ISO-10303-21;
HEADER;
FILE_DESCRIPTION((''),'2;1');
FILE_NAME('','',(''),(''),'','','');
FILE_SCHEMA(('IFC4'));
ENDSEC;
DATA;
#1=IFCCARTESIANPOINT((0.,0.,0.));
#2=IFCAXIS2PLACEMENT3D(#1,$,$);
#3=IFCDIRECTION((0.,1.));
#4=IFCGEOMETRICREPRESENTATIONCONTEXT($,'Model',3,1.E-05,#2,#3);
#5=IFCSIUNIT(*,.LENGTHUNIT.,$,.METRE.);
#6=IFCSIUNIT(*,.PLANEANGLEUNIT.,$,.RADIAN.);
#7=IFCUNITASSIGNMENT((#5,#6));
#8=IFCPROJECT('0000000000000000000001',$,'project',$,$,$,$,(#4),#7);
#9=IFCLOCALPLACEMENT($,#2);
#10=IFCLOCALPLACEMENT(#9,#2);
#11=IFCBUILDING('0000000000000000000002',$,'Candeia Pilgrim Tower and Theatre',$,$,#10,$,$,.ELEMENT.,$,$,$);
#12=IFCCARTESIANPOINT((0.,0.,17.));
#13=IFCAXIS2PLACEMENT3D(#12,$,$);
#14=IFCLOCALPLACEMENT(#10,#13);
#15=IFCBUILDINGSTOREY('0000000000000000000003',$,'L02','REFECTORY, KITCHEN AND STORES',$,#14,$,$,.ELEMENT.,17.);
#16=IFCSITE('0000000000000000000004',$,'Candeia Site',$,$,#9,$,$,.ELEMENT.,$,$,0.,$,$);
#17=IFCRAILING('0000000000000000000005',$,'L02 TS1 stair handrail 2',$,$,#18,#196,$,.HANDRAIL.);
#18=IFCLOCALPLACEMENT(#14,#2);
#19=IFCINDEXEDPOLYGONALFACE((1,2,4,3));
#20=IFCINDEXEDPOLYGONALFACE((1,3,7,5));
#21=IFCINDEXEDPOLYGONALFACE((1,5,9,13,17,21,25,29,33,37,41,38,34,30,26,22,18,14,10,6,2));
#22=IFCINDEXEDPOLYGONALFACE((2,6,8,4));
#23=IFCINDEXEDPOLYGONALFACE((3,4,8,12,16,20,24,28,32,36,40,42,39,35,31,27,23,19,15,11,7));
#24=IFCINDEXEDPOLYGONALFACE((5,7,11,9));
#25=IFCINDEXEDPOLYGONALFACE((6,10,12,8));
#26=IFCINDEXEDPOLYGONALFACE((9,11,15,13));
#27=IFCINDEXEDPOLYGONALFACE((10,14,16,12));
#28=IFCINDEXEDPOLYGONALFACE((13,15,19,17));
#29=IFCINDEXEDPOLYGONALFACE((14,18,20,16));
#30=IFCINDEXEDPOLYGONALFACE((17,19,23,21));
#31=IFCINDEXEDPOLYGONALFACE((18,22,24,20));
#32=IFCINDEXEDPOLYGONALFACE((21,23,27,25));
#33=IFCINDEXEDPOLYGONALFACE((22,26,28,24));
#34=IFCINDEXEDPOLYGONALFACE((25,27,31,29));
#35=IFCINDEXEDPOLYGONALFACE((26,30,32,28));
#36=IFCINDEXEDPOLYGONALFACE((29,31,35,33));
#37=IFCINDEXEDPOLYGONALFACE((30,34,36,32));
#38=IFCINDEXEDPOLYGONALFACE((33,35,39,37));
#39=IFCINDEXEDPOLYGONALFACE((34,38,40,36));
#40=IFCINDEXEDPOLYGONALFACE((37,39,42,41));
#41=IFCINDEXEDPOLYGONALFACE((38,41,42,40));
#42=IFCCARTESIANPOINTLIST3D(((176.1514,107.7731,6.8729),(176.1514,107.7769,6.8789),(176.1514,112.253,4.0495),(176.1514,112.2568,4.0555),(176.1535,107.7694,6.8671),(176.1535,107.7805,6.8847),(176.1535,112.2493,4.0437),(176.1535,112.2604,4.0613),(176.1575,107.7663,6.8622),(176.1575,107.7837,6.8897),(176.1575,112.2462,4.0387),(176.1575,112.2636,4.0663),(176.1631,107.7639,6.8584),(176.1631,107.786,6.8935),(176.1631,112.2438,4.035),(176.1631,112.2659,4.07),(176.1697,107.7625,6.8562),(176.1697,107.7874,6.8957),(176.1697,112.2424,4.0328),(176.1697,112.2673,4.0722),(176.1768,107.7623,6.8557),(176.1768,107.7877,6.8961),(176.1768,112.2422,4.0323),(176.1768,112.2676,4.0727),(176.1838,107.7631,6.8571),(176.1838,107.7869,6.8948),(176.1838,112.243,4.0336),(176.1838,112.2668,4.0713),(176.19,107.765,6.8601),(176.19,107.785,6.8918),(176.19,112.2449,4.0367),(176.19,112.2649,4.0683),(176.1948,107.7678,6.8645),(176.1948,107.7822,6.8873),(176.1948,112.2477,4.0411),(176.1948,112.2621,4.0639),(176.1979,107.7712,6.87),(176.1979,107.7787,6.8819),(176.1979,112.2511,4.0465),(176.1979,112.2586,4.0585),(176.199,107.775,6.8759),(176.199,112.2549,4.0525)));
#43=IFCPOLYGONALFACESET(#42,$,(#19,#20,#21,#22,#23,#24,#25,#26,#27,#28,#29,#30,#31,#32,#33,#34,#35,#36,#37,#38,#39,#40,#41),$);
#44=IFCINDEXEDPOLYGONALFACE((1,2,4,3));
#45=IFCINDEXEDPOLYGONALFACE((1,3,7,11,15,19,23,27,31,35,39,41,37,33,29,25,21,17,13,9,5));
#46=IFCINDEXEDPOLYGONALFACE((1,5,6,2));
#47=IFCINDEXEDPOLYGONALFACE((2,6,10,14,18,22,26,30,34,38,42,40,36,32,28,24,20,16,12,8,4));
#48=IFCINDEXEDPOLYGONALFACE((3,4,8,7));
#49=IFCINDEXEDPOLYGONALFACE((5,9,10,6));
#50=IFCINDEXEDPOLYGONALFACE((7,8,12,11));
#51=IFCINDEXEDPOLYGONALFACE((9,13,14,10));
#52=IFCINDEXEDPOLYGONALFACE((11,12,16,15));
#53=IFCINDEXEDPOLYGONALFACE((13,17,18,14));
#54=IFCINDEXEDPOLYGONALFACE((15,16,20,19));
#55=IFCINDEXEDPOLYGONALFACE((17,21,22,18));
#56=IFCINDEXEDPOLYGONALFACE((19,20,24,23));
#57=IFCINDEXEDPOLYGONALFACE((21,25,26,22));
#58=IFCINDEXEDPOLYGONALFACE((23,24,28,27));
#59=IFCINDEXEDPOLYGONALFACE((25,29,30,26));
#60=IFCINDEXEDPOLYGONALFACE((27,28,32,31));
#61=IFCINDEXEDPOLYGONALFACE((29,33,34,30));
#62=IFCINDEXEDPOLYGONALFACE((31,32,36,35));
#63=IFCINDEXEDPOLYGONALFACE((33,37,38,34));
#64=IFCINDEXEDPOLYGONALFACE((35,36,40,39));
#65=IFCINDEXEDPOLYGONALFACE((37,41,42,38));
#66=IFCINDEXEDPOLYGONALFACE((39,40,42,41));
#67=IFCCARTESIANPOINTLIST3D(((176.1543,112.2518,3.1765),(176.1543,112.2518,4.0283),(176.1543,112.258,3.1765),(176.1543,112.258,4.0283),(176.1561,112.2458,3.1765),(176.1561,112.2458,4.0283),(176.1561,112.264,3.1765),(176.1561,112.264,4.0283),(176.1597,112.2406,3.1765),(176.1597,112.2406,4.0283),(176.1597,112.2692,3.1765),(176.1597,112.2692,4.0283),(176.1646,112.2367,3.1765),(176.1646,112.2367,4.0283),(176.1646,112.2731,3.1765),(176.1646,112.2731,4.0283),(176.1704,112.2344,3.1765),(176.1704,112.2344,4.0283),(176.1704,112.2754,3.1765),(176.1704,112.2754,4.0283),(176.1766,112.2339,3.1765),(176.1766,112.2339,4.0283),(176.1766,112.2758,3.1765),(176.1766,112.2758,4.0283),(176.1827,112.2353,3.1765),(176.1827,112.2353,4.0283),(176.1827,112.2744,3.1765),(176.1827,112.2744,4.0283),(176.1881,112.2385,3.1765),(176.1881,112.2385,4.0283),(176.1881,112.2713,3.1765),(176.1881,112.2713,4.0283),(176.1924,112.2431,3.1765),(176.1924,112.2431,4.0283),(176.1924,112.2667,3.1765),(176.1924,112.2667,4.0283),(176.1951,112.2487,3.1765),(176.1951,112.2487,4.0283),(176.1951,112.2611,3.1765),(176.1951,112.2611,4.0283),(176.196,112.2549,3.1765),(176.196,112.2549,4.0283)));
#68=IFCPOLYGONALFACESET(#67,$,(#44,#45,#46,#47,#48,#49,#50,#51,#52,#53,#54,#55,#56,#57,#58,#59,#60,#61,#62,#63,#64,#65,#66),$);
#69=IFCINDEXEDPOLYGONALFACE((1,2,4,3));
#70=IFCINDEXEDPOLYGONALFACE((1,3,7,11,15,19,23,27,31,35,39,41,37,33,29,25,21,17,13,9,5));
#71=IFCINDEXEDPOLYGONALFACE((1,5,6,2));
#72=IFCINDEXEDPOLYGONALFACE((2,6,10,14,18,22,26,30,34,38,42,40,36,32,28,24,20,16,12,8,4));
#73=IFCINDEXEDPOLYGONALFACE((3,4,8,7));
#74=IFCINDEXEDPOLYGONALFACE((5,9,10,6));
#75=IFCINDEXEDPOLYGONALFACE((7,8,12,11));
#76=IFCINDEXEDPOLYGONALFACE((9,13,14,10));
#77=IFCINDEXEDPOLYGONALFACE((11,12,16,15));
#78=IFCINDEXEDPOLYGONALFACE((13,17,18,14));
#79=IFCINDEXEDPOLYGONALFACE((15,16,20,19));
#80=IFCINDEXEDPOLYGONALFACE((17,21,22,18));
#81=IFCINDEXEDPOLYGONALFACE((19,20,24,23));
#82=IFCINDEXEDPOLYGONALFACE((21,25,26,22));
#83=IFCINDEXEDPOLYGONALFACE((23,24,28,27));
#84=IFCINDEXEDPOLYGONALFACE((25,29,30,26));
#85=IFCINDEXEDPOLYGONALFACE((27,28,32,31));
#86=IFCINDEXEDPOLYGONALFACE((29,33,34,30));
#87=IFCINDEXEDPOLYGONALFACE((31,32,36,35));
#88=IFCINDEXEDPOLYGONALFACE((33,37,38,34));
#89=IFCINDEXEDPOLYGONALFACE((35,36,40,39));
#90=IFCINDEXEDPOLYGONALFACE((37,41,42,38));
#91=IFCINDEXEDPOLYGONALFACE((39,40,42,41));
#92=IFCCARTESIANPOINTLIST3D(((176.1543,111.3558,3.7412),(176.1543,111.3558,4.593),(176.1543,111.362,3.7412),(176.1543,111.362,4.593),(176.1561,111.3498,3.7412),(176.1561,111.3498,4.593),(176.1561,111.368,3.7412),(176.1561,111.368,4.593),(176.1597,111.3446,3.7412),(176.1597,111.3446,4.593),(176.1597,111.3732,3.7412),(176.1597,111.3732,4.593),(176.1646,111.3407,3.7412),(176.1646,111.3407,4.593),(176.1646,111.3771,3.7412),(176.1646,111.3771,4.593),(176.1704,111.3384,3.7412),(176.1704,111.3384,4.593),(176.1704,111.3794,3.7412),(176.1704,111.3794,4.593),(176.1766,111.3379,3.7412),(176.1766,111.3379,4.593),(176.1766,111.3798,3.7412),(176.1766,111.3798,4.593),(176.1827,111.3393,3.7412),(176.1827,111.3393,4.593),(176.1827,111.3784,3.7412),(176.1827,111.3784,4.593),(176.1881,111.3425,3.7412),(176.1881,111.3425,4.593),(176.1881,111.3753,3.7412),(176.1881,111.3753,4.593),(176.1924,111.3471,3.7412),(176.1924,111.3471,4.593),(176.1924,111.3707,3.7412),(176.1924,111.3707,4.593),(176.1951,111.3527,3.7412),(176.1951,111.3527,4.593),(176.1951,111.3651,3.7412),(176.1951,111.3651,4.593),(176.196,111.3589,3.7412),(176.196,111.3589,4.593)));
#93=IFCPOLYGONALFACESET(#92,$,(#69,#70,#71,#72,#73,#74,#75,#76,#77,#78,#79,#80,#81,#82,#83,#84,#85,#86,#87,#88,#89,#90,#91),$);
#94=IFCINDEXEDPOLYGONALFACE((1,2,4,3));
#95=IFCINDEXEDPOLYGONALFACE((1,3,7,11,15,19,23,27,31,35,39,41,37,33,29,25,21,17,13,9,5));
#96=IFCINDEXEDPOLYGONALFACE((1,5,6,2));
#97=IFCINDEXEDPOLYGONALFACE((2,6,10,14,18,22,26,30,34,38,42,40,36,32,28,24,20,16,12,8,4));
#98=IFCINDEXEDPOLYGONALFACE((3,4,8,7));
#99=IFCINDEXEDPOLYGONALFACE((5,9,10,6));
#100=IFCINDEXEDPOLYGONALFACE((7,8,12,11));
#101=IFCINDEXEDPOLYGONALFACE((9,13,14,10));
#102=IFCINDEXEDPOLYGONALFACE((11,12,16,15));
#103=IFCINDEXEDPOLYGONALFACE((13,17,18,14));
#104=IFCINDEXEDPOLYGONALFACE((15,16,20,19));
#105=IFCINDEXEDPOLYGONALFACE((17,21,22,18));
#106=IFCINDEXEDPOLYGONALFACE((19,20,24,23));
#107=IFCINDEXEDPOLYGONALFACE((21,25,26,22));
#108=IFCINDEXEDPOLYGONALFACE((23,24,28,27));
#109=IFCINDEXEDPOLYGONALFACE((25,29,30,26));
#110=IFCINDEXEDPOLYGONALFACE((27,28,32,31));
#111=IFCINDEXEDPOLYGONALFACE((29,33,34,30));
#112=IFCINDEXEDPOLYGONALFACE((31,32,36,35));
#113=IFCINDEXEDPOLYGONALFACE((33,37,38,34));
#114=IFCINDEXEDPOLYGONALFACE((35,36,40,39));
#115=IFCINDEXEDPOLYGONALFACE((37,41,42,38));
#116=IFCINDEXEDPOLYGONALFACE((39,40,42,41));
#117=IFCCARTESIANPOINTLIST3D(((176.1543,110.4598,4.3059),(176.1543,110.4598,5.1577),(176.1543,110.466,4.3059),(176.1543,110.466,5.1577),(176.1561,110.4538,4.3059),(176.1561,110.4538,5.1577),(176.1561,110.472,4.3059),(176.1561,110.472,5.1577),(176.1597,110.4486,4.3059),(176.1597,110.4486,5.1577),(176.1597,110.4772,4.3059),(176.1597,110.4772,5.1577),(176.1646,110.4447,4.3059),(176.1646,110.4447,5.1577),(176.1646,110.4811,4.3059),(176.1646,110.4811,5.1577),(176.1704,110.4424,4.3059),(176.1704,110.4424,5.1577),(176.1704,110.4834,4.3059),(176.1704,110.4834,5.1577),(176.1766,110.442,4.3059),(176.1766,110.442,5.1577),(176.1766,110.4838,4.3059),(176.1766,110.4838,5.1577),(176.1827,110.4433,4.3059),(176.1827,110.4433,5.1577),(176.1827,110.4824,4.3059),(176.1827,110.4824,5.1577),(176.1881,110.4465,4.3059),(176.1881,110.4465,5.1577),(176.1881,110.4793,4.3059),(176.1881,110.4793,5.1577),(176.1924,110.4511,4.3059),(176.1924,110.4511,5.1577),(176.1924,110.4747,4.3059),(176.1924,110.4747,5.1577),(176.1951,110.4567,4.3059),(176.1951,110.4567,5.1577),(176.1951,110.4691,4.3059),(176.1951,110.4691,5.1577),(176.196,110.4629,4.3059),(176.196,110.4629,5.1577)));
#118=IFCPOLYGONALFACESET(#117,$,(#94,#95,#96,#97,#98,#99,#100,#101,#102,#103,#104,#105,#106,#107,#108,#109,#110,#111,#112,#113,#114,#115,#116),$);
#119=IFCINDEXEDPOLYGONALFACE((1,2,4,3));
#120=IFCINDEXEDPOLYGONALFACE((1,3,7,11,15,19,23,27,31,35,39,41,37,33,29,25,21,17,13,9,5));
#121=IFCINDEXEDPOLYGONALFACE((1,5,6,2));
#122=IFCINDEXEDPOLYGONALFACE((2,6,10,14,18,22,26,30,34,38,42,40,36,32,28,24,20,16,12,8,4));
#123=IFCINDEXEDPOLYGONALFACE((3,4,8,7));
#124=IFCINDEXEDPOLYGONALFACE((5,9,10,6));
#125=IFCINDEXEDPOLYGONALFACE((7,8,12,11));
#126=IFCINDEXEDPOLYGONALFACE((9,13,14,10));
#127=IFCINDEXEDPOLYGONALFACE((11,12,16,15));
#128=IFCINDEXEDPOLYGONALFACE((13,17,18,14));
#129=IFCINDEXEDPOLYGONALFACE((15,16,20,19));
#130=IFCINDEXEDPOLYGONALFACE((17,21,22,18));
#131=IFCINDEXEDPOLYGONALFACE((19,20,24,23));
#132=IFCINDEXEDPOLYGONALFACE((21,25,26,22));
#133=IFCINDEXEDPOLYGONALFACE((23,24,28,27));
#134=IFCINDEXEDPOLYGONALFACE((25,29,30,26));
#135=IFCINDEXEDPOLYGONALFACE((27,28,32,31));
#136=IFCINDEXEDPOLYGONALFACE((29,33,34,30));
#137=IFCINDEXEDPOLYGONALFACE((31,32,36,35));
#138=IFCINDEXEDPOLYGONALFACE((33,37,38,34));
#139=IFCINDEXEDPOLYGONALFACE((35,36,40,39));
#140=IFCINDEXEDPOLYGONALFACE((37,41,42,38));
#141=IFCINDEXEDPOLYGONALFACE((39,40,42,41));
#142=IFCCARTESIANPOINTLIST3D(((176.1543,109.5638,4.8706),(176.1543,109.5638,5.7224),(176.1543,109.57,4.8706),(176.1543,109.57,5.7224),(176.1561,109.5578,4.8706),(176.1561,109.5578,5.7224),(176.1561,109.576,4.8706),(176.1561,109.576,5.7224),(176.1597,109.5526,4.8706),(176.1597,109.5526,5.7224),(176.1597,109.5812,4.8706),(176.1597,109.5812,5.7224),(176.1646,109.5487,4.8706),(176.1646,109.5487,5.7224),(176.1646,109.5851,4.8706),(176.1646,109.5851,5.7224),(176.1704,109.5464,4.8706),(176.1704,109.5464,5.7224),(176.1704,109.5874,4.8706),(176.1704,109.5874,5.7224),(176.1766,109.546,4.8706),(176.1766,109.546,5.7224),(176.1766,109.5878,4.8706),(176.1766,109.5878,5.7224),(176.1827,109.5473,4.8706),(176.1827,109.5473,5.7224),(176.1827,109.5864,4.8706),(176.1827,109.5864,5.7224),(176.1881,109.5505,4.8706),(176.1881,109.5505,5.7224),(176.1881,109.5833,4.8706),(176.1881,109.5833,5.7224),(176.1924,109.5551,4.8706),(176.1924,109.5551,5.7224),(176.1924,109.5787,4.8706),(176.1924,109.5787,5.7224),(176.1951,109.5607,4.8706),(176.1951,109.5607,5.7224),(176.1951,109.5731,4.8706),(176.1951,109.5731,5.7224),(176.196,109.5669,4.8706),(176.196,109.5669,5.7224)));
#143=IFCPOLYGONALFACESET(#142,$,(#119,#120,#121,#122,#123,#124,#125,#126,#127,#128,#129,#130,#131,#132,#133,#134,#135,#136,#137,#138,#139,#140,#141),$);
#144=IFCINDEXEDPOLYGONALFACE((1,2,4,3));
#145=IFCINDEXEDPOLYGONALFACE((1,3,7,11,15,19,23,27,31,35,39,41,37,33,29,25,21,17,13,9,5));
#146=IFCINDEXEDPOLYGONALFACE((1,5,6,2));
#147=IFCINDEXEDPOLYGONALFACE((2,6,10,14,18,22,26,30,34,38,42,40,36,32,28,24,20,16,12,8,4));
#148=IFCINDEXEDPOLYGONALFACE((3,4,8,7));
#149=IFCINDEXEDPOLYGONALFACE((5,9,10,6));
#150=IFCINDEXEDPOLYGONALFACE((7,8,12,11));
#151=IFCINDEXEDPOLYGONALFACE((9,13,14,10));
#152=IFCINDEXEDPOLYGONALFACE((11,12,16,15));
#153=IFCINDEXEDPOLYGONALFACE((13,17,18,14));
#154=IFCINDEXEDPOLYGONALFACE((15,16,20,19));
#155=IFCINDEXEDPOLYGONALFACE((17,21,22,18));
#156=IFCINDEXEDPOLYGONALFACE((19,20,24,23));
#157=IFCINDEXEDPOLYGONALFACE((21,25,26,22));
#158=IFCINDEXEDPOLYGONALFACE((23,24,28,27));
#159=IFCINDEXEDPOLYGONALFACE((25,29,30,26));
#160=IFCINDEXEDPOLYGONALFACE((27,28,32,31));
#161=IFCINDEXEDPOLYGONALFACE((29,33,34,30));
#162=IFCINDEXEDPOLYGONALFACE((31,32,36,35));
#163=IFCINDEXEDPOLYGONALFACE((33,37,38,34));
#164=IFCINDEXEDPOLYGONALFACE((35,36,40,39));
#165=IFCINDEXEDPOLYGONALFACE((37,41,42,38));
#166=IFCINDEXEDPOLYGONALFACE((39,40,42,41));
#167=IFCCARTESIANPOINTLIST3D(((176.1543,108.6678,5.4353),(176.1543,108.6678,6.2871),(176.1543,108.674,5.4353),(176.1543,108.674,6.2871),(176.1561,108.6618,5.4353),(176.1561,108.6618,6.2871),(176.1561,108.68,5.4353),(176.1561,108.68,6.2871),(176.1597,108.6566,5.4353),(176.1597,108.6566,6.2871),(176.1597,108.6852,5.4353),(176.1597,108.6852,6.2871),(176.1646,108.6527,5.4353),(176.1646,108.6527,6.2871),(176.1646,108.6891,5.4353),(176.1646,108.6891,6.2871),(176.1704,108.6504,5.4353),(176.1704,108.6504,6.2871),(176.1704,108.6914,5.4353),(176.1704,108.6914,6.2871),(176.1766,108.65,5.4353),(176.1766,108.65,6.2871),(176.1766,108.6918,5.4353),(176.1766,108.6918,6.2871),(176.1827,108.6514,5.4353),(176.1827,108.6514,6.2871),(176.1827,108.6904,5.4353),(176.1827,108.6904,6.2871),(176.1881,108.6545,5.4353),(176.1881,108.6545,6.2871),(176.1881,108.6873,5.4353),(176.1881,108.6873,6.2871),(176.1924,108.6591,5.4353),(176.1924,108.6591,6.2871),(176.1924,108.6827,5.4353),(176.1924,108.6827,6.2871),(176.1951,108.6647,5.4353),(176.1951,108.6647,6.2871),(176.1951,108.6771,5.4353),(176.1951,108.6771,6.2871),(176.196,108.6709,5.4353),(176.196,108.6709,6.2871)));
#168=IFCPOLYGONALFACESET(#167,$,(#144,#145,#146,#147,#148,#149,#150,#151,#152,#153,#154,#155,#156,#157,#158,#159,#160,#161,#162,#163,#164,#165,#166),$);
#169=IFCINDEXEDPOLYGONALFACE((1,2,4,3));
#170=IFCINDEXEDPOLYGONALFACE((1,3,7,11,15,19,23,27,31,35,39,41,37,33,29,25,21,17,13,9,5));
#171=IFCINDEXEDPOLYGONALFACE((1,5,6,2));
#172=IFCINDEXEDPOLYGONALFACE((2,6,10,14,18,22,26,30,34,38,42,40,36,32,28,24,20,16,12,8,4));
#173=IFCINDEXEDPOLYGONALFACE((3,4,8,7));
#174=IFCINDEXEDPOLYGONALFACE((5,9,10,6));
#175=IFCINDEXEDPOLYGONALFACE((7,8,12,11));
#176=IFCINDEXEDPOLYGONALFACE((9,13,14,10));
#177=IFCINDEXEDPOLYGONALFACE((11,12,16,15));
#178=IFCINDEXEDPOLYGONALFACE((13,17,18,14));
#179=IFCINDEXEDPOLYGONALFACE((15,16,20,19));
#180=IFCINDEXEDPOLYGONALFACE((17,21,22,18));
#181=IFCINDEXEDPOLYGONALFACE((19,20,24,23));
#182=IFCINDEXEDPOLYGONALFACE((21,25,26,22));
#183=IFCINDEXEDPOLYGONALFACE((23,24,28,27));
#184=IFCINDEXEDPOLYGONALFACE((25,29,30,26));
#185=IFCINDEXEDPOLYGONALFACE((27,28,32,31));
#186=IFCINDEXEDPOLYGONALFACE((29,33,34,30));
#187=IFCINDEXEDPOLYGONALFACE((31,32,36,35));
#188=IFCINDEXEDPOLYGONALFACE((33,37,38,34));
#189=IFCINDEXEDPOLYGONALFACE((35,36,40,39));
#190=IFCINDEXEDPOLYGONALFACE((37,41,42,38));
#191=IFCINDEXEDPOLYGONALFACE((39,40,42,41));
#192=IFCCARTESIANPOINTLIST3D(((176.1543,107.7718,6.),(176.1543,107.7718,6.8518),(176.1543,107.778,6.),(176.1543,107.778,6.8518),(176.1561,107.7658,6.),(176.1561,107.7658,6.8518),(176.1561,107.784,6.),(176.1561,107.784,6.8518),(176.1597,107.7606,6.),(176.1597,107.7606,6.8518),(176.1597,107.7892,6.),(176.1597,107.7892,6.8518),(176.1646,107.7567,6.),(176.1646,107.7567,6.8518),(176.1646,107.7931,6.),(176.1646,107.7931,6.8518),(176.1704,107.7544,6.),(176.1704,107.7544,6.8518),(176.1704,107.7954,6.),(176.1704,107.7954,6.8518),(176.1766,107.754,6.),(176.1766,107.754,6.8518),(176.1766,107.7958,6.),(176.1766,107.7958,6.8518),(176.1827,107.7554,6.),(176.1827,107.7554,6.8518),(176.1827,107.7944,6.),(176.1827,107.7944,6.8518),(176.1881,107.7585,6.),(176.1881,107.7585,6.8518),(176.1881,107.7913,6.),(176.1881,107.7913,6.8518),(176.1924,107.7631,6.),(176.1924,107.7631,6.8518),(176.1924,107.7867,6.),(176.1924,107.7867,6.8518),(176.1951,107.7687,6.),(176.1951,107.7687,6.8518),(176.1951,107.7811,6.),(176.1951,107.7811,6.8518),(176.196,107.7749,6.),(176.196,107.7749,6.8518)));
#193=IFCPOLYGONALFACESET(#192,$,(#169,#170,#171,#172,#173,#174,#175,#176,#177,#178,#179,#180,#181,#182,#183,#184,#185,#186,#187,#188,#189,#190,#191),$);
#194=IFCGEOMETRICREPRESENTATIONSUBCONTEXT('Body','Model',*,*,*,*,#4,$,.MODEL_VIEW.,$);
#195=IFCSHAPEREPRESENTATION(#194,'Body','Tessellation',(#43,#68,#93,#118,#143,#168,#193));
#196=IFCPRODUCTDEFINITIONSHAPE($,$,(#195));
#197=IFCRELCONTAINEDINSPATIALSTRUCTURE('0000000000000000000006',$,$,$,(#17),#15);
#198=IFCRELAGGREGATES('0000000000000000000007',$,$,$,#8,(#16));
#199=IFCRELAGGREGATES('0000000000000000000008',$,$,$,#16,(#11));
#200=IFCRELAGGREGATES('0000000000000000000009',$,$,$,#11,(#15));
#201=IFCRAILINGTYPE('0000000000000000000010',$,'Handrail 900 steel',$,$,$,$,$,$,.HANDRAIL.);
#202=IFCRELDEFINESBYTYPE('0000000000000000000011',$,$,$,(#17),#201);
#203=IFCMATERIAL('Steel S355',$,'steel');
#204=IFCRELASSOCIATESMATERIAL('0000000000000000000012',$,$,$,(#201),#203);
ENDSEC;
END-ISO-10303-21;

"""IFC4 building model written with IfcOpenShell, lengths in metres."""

from ifc_helpers import new_model, si_unit, direction, frame, origin, origin_2d, place, context, subcontext, project, spatial, circle, extrude, material, type_object, element, save


model = new_model("IFC4")

# Units and contexts
model_context = context("Model", 3, precision=1e-05, world=origin(), true_north=direction((0.0, 1.0)))
body_context = subcontext(model_context, "Body", "Model", "MODEL_VIEW")
ifc_project = project(units=[si_unit("LENGTHUNIT", "METRE"), si_unit("PLANEANGLEUNIT", "RADIAN")], contexts=[model_context])

# Site, building, storey
site_placement = place(None, origin())
site = spatial("IfcSite", under=ifc_project, at=site_placement, Name="Candeia Site", CompositionType="ELEMENT", RefElevation=0.0)
building_placement = place(site_placement, origin())
building = spatial("IfcBuilding", under=site, at=building_placement, Name="Candeia Pilgrim Tower and Theatre", CompositionType="ELEMENT")
storey_placement = place(building_placement, frame((0.0, 0.0, 17.0)))
storey = spatial("IfcBuildingStorey", under=building, at=storey_placement, Name="L02", Description="REFECTORY, KITCHEN AND STORES", CompositionType="ELEMENT", Elevation=17.0)

# Railing
ifc_material_1 = material(Name="Steel S355", Category="steel")
railing_type_1 = type_object("IfcRailingType", Name="Handrail 900 steel", PredefinedType="HANDRAIL", material=ifc_material_1)
railing_1_placement = place(storey_placement, frame((176.175, 112.2549, 3.1765)))
element("IfcRailing", 1, at=railing_1_placement, inside=storey, type_object=railing_type_1, Name="L02 TS1 stair handrail 2", PredefinedType="HANDRAIL", context=body_context, shape_type="SweptSolid", body=[
    extrude(circle(Radius=0.0239, at=origin_2d()), frame((0.0, 0.0, 0.876), z_axis=(0.0, -0.845998, 0.533186), x_axis=(1.0, 0.0, 0.0)), (0.0, 0.0, 1.0), 5.2954),
    extrude(circle(Radius=0.021, at=origin_2d()), origin(), (0.0, 0.0, 1.0), 0.8518),
    extrude(circle(Radius=0.021, at=origin_2d()), frame((0.0, -0.896, 0.5647)), (0.0, 0.0, 1.0), 0.8518),
    extrude(circle(Radius=0.021, at=origin_2d()), frame((0.0, -1.792, 1.1294)), (0.0, 0.0, 1.0), 0.8518),
    extrude(circle(Radius=0.021, at=origin_2d()), frame((0.0, -2.688, 1.6941)), (0.0, 0.0, 1.0), 0.8518),
    extrude(circle(Radius=0.021, at=origin_2d()), frame((0.0, -3.584, 2.2588)), (0.0, 0.0, 1.0), 0.8518),
    extrude(circle(Radius=0.021, at=origin_2d()), frame((0.0, -4.48, 2.8235)), (0.0, 0.0, 1.0), 0.8518),
])

save(model, "model.ifc")
